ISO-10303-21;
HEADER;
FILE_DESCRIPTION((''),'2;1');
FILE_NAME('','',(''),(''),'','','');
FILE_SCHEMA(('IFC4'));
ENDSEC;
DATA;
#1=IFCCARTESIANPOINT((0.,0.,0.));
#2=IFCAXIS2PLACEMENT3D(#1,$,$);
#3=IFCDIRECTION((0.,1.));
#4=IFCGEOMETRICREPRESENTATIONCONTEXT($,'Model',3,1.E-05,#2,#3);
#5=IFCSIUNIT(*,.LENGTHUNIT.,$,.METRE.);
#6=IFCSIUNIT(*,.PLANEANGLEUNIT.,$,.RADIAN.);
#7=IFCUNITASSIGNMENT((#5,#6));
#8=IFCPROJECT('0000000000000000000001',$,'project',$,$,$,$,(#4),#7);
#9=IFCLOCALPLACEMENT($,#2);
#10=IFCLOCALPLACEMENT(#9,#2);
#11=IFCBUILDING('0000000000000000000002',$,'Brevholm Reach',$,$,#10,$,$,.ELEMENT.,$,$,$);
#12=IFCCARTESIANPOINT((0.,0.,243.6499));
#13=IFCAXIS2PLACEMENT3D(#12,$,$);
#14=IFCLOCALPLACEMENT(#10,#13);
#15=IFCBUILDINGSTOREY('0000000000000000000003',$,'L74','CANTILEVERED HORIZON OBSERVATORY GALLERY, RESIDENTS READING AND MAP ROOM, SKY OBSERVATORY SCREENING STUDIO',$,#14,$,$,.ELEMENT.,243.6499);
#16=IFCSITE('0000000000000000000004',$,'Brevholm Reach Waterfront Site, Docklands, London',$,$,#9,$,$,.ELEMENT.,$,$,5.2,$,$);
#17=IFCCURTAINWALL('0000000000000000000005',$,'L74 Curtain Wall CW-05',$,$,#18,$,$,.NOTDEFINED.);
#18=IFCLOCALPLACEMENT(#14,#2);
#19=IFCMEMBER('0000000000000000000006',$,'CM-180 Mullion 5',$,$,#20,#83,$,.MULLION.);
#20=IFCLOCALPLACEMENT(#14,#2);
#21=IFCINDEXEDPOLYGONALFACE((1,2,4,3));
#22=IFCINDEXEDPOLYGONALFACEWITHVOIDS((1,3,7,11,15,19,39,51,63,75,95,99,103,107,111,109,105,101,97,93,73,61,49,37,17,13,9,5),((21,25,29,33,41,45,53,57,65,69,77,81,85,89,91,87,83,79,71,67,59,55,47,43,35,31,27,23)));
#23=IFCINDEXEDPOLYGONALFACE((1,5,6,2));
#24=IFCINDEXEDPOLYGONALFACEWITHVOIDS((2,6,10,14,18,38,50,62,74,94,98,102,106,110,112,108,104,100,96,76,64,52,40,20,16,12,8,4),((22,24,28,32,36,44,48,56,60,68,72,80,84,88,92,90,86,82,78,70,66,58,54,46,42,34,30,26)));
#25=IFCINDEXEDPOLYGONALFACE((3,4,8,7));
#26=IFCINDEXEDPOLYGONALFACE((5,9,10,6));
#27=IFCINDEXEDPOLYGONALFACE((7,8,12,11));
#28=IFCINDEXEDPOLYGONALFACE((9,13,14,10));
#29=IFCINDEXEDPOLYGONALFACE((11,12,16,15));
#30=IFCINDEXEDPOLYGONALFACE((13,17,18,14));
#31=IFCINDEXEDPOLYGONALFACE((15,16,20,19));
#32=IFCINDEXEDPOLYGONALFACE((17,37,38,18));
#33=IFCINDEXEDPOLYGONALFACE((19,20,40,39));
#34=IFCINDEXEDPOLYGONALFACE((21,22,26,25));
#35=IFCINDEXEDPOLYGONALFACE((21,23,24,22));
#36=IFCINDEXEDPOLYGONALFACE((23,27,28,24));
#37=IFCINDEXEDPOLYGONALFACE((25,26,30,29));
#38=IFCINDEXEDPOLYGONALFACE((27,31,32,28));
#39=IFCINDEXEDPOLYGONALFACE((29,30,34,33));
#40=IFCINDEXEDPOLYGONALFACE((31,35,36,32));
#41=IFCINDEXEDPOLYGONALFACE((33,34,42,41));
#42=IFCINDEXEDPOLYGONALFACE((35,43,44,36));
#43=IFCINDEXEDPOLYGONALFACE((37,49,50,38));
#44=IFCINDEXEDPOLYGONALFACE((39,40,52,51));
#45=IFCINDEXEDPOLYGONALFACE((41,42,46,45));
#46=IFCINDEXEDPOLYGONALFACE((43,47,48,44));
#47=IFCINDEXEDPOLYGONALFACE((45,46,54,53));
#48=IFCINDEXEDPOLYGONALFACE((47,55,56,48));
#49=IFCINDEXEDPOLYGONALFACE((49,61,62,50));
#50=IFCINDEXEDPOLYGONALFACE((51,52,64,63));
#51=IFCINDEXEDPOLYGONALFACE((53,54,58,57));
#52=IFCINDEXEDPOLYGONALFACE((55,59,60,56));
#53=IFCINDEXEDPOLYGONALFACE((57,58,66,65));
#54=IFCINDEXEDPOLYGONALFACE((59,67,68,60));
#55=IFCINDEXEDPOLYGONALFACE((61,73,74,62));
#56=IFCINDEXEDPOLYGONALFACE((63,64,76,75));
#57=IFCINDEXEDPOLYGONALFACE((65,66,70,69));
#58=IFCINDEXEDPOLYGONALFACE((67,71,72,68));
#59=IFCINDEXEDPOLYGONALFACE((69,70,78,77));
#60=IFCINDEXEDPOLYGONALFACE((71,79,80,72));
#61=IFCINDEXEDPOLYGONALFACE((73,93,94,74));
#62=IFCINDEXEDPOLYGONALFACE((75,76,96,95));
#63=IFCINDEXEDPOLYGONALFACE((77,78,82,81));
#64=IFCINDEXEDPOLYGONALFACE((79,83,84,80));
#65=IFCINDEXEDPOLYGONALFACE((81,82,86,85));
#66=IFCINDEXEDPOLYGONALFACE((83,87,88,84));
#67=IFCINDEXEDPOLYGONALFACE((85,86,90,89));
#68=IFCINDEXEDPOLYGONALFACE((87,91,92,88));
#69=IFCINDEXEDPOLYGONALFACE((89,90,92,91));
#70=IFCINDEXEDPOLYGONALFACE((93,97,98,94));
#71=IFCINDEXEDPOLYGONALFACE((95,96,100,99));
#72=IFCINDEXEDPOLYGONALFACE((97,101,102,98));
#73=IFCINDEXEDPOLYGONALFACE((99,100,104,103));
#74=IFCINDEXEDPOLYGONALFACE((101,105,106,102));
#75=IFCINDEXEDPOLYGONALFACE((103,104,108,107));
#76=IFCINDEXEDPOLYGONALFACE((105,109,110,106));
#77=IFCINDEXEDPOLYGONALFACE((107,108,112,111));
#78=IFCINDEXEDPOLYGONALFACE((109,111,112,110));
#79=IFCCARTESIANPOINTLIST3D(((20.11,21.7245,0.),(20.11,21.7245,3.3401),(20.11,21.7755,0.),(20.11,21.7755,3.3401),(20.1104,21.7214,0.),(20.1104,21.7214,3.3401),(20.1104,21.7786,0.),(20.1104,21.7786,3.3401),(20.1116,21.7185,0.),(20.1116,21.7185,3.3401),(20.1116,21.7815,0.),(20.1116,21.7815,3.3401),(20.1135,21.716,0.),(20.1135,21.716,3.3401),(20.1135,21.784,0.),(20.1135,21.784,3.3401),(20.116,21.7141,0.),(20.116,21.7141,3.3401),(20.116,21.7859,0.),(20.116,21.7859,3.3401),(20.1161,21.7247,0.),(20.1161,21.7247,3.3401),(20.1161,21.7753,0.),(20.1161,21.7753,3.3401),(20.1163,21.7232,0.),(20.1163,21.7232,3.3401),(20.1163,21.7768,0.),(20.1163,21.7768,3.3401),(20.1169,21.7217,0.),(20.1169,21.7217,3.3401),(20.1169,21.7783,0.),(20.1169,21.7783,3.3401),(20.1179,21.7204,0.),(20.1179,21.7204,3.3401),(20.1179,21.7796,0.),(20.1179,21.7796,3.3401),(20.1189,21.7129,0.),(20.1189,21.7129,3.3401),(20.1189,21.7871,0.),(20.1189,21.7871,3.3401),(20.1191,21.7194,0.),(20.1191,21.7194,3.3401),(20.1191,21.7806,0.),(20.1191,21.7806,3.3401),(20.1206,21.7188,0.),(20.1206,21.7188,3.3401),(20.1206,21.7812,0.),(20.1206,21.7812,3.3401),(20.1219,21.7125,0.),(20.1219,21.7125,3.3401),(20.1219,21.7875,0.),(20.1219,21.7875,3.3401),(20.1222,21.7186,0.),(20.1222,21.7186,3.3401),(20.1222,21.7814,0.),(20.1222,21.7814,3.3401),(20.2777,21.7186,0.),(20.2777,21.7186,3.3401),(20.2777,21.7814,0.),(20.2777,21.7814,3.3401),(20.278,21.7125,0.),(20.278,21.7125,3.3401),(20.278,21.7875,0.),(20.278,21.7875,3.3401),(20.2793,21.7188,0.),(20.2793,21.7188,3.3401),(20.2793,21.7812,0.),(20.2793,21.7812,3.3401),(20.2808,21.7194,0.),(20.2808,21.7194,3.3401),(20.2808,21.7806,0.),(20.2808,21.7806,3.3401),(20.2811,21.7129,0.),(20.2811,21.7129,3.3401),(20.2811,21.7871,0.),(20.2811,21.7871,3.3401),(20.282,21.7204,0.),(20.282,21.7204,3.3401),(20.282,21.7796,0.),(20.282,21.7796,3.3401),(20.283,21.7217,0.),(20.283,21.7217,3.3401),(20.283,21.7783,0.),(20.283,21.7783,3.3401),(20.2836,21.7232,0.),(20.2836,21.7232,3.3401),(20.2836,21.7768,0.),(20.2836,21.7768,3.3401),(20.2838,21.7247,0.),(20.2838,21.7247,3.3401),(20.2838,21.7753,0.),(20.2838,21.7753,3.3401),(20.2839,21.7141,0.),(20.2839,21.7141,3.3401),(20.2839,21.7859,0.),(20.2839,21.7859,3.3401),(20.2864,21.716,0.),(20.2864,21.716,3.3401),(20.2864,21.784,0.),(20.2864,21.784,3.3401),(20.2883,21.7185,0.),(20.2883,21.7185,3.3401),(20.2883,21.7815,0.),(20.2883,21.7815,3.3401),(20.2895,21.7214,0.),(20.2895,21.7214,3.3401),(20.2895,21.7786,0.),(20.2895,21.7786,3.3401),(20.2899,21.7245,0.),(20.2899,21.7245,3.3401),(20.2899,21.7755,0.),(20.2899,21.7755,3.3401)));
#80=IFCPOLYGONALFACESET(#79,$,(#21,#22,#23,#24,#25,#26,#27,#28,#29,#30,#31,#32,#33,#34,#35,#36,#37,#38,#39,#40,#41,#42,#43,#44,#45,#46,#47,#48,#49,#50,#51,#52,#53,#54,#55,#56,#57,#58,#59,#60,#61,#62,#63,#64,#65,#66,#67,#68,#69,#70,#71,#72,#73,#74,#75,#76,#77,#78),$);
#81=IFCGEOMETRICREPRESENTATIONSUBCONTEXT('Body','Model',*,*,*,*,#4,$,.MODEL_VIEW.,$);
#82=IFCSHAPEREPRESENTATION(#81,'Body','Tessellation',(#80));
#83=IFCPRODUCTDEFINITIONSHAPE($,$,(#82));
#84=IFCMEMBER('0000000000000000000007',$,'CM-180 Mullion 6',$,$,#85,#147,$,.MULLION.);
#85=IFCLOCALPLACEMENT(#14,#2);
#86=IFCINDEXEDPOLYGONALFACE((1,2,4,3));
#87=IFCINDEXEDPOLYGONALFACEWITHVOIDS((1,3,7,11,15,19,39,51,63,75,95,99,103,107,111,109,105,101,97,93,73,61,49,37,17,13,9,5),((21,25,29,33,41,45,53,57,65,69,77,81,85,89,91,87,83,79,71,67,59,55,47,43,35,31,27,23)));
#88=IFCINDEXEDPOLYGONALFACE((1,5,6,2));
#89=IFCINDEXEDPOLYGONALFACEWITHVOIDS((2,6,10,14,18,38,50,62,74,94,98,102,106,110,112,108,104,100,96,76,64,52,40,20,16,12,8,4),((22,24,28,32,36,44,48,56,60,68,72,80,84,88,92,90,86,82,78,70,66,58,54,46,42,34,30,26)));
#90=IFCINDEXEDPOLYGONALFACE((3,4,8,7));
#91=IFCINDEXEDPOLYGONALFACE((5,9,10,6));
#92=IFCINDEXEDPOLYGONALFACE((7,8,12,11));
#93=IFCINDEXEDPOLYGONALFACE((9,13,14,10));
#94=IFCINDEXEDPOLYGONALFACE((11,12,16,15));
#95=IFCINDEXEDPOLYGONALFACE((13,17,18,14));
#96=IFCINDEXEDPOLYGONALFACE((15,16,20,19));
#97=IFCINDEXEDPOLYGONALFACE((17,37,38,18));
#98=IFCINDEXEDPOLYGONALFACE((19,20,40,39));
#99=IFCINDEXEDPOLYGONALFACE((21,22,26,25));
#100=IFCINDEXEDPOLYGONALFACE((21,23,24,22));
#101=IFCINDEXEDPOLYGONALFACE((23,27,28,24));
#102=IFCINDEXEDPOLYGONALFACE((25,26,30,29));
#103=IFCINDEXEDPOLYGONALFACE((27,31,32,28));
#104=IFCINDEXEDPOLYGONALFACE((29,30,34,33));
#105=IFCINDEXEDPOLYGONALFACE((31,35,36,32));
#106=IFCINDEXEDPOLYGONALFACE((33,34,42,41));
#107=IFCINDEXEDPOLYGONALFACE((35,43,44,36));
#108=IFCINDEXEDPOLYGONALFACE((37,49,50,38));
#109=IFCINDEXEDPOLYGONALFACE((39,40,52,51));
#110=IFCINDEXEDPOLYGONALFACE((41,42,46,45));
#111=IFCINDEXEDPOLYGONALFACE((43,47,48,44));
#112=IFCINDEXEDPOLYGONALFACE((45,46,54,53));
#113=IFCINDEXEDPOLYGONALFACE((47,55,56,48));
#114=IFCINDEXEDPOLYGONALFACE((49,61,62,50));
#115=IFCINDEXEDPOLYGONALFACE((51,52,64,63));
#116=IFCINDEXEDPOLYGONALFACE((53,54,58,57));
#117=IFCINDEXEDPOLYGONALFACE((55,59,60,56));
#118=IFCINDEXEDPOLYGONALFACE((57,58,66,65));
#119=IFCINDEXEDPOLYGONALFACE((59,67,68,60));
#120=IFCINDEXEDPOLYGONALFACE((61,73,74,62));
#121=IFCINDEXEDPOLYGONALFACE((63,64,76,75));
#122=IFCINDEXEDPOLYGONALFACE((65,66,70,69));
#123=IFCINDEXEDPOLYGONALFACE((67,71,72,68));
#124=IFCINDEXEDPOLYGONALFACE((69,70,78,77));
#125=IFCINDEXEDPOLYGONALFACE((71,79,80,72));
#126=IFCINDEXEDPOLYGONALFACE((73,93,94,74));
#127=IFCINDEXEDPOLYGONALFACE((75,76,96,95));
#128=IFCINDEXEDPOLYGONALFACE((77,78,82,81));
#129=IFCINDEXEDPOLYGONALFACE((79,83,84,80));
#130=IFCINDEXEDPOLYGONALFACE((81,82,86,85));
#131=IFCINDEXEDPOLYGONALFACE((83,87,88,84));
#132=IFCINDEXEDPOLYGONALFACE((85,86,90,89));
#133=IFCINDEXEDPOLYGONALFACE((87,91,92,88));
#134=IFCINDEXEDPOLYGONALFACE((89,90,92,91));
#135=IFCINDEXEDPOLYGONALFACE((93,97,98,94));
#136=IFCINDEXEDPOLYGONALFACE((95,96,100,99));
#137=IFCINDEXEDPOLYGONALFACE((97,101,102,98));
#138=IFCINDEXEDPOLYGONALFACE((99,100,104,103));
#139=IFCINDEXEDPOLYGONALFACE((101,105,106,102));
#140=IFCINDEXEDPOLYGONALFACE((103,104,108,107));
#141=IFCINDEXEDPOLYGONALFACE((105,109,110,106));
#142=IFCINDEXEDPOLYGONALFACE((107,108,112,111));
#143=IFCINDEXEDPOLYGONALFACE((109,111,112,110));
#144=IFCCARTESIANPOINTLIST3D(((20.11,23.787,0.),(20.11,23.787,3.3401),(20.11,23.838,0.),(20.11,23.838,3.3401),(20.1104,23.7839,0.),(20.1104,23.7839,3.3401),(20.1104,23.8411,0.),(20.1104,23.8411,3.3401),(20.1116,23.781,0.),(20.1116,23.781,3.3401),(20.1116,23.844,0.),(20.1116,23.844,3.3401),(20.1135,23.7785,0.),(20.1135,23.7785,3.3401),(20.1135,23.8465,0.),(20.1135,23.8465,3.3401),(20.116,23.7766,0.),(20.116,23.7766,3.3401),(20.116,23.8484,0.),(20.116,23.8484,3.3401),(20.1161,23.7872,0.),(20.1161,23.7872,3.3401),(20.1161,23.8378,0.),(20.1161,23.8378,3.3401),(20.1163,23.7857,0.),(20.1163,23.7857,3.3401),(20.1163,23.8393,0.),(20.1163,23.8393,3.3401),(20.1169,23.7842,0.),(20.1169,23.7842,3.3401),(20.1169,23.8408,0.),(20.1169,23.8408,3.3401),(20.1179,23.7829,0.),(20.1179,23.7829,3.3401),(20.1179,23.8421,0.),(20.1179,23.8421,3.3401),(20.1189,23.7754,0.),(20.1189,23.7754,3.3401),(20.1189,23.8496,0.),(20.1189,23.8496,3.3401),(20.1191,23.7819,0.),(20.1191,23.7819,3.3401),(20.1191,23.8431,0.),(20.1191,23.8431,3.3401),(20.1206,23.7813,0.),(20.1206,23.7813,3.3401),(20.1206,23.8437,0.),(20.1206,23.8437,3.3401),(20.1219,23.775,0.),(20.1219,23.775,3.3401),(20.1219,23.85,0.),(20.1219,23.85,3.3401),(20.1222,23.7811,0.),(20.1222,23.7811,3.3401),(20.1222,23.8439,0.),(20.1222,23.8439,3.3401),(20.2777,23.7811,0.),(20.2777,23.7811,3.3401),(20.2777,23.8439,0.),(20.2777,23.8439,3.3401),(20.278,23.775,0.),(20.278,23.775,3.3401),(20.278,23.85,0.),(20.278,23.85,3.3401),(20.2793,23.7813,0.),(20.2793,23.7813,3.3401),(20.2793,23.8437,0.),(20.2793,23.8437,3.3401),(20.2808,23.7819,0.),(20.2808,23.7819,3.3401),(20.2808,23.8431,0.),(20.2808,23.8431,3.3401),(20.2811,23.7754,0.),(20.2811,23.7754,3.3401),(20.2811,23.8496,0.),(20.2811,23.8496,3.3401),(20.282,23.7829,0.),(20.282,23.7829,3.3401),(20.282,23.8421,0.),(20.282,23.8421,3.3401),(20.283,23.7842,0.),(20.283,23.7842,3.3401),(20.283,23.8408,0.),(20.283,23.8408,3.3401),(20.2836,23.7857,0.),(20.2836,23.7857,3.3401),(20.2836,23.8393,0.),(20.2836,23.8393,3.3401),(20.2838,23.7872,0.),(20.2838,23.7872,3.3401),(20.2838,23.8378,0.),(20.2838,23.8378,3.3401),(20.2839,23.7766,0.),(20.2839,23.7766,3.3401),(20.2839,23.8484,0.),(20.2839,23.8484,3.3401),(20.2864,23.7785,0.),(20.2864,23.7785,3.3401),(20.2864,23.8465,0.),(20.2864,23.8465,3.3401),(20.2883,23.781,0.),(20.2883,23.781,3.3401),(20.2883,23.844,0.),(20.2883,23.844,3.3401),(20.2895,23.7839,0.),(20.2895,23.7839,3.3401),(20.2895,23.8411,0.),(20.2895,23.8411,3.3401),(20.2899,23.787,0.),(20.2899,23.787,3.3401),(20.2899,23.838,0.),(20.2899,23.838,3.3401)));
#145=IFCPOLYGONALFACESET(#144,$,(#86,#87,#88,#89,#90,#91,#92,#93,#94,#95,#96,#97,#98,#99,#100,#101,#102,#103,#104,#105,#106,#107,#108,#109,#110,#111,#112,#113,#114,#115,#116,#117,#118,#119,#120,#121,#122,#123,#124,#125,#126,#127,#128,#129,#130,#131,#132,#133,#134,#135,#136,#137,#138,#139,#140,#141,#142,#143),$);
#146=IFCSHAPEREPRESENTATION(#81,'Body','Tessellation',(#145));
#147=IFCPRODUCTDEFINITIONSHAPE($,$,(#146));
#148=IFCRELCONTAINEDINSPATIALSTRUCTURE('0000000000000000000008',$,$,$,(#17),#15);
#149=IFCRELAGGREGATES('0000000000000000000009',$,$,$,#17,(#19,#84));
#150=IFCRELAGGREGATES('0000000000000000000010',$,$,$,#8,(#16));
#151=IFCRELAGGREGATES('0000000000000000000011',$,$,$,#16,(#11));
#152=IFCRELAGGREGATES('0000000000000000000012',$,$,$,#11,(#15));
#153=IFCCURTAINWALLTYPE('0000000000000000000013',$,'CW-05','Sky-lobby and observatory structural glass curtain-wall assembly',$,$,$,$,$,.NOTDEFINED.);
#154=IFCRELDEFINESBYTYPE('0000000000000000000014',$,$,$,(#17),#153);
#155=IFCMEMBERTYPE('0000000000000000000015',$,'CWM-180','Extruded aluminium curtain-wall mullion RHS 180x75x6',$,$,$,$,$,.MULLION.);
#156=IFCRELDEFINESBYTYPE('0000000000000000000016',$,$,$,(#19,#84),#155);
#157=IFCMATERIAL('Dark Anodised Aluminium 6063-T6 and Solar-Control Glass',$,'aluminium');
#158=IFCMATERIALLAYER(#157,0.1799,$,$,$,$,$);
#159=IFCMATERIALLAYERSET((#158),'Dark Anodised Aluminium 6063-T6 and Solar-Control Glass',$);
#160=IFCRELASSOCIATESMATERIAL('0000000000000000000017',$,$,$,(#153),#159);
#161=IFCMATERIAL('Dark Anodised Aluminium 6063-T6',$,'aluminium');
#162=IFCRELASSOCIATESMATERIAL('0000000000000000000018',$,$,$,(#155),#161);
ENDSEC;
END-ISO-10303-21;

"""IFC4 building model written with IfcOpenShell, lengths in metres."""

from ifc_helpers import new_model, si_unit, direction, frame, origin, origin_2d, place, context, subcontext, project, spatial, hollow_rectangle, extrude, material, layer, layer_set, material_profile, profile_set, type_object, element, aggregate, save


model = new_model("IFC4")

# Units and contexts
model_context = context("Model", 3, precision=1e-05, world=origin(), true_north=direction((0.0, 1.0)))
body_context = subcontext(model_context, "Body", "Model", "MODEL_VIEW")
ifc_project = project(units=[si_unit("LENGTHUNIT", "METRE"), si_unit("PLANEANGLEUNIT", "RADIAN")], contexts=[model_context])

# Site, building, storey
site_placement = place(None, origin())
site = spatial("IfcSite", under=ifc_project, at=site_placement, Name="Brevholm Reach Waterfront Site, Docklands, London", CompositionType="ELEMENT", RefElevation=5.2)
building_placement = place(site_placement, origin())
building = spatial("IfcBuilding", under=site, at=building_placement, Name="Brevholm Reach", CompositionType="ELEMENT")
storey_placement = place(building_placement, frame((0.0, 0.0, 243.6499)))
storey = spatial("IfcBuildingStorey", under=building, at=storey_placement, Name="L74", Description="CANTILEVERED HORIZON OBSERVATORY GALLERY, RESIDENTS READING AND MAP ROOM, SKY OBSERVATORY SCREENING STUDIO", CompositionType="ELEMENT", Elevation=243.6499)

# Curtain wall, members
ifc_material_1 = material(Name="Dark Anodised Aluminium 6063-T6 and Solar-Control Glass", Category="aluminium")
ifc_layer_1 = layer(ifc_material_1, 0.1799)
ifc_layer_set_1 = layer_set([ifc_layer_1], Name="Dark Anodised Aluminium 6063-T6 and Solar-Control Glass")
curtain_wall_type = type_object("IfcCurtainWallType", Name="CW-05", Description="Sky-lobby and observatory structural glass curtain-wall assembly", PredefinedType="NOTDEFINED", material=ifc_layer_set_1)
curtain_wall_placement = place(storey_placement, origin())
curtain_wall = element("IfcCurtainWall", 1, at=curtain_wall_placement, inside=storey, type_object=curtain_wall_type, Name="L74 Curtain Wall CW-05", PredefinedType="NOTDEFINED")
ifc_material_2 = material(Name="Dark Anodised Aluminium 6063-T6", Category="aluminium")
ifc_material_profile_1 = material_profile(ifc_material_2, hollow_rectangle(XDim=0.075, YDim=0.1799, WallThickness=0.0061, InnerFilletRadius=0.0061, OuterFilletRadius=0.012, at=origin_2d()), Name="RHS 180x75x6")
ifc_profile_set_1 = profile_set([ifc_material_profile_1], Name="Dark Anodised Aluminium 6063-T6")
member_type_1 = type_object("IfcMemberType", Name="CWM-180", Description="Extruded aluminium curtain-wall mullion RHS 180x75x6", PredefinedType="MULLION", material=ifc_profile_set_1)
member_1_placement = place(storey_placement, frame((20.2, 21.75, 0.0), z_axis=(0.0, 0.0, 1.0), x_axis=(0.0, 1.0, 0.0)))
member_1 = element("IfcMember", 2, at=member_1_placement, type_object=member_type_1, Name="CM-180 Mullion 5", PredefinedType="MULLION", context=body_context, shape_type="SweptSolid", body=[
    extrude(hollow_rectangle(XDim=0.075, YDim=0.1799, WallThickness=0.0061, InnerFilletRadius=0.0061, OuterFilletRadius=0.012, at=origin_2d()), origin(), (0.0, 0.0, 1.0), 3.3401),
])
member_2_placement = place(storey_placement, frame((20.2, 23.8125, 0.0), z_axis=(0.0, 0.0, 1.0), x_axis=(0.0, 1.0, 0.0)))
member_2 = element("IfcMember", 3, at=member_2_placement, type_object=member_type_1, Name="CM-180 Mullion 6", PredefinedType="MULLION", context=body_context, shape_type="SweptSolid", body=[
    extrude(hollow_rectangle(XDim=0.075, YDim=0.1799, WallThickness=0.0061, InnerFilletRadius=0.0061, OuterFilletRadius=0.012, at=origin_2d()), origin(), (0.0, 0.0, 1.0), 3.3401),
])

aggregate(curtain_wall, [member_1, member_2])

save(model, "model.ifc")
